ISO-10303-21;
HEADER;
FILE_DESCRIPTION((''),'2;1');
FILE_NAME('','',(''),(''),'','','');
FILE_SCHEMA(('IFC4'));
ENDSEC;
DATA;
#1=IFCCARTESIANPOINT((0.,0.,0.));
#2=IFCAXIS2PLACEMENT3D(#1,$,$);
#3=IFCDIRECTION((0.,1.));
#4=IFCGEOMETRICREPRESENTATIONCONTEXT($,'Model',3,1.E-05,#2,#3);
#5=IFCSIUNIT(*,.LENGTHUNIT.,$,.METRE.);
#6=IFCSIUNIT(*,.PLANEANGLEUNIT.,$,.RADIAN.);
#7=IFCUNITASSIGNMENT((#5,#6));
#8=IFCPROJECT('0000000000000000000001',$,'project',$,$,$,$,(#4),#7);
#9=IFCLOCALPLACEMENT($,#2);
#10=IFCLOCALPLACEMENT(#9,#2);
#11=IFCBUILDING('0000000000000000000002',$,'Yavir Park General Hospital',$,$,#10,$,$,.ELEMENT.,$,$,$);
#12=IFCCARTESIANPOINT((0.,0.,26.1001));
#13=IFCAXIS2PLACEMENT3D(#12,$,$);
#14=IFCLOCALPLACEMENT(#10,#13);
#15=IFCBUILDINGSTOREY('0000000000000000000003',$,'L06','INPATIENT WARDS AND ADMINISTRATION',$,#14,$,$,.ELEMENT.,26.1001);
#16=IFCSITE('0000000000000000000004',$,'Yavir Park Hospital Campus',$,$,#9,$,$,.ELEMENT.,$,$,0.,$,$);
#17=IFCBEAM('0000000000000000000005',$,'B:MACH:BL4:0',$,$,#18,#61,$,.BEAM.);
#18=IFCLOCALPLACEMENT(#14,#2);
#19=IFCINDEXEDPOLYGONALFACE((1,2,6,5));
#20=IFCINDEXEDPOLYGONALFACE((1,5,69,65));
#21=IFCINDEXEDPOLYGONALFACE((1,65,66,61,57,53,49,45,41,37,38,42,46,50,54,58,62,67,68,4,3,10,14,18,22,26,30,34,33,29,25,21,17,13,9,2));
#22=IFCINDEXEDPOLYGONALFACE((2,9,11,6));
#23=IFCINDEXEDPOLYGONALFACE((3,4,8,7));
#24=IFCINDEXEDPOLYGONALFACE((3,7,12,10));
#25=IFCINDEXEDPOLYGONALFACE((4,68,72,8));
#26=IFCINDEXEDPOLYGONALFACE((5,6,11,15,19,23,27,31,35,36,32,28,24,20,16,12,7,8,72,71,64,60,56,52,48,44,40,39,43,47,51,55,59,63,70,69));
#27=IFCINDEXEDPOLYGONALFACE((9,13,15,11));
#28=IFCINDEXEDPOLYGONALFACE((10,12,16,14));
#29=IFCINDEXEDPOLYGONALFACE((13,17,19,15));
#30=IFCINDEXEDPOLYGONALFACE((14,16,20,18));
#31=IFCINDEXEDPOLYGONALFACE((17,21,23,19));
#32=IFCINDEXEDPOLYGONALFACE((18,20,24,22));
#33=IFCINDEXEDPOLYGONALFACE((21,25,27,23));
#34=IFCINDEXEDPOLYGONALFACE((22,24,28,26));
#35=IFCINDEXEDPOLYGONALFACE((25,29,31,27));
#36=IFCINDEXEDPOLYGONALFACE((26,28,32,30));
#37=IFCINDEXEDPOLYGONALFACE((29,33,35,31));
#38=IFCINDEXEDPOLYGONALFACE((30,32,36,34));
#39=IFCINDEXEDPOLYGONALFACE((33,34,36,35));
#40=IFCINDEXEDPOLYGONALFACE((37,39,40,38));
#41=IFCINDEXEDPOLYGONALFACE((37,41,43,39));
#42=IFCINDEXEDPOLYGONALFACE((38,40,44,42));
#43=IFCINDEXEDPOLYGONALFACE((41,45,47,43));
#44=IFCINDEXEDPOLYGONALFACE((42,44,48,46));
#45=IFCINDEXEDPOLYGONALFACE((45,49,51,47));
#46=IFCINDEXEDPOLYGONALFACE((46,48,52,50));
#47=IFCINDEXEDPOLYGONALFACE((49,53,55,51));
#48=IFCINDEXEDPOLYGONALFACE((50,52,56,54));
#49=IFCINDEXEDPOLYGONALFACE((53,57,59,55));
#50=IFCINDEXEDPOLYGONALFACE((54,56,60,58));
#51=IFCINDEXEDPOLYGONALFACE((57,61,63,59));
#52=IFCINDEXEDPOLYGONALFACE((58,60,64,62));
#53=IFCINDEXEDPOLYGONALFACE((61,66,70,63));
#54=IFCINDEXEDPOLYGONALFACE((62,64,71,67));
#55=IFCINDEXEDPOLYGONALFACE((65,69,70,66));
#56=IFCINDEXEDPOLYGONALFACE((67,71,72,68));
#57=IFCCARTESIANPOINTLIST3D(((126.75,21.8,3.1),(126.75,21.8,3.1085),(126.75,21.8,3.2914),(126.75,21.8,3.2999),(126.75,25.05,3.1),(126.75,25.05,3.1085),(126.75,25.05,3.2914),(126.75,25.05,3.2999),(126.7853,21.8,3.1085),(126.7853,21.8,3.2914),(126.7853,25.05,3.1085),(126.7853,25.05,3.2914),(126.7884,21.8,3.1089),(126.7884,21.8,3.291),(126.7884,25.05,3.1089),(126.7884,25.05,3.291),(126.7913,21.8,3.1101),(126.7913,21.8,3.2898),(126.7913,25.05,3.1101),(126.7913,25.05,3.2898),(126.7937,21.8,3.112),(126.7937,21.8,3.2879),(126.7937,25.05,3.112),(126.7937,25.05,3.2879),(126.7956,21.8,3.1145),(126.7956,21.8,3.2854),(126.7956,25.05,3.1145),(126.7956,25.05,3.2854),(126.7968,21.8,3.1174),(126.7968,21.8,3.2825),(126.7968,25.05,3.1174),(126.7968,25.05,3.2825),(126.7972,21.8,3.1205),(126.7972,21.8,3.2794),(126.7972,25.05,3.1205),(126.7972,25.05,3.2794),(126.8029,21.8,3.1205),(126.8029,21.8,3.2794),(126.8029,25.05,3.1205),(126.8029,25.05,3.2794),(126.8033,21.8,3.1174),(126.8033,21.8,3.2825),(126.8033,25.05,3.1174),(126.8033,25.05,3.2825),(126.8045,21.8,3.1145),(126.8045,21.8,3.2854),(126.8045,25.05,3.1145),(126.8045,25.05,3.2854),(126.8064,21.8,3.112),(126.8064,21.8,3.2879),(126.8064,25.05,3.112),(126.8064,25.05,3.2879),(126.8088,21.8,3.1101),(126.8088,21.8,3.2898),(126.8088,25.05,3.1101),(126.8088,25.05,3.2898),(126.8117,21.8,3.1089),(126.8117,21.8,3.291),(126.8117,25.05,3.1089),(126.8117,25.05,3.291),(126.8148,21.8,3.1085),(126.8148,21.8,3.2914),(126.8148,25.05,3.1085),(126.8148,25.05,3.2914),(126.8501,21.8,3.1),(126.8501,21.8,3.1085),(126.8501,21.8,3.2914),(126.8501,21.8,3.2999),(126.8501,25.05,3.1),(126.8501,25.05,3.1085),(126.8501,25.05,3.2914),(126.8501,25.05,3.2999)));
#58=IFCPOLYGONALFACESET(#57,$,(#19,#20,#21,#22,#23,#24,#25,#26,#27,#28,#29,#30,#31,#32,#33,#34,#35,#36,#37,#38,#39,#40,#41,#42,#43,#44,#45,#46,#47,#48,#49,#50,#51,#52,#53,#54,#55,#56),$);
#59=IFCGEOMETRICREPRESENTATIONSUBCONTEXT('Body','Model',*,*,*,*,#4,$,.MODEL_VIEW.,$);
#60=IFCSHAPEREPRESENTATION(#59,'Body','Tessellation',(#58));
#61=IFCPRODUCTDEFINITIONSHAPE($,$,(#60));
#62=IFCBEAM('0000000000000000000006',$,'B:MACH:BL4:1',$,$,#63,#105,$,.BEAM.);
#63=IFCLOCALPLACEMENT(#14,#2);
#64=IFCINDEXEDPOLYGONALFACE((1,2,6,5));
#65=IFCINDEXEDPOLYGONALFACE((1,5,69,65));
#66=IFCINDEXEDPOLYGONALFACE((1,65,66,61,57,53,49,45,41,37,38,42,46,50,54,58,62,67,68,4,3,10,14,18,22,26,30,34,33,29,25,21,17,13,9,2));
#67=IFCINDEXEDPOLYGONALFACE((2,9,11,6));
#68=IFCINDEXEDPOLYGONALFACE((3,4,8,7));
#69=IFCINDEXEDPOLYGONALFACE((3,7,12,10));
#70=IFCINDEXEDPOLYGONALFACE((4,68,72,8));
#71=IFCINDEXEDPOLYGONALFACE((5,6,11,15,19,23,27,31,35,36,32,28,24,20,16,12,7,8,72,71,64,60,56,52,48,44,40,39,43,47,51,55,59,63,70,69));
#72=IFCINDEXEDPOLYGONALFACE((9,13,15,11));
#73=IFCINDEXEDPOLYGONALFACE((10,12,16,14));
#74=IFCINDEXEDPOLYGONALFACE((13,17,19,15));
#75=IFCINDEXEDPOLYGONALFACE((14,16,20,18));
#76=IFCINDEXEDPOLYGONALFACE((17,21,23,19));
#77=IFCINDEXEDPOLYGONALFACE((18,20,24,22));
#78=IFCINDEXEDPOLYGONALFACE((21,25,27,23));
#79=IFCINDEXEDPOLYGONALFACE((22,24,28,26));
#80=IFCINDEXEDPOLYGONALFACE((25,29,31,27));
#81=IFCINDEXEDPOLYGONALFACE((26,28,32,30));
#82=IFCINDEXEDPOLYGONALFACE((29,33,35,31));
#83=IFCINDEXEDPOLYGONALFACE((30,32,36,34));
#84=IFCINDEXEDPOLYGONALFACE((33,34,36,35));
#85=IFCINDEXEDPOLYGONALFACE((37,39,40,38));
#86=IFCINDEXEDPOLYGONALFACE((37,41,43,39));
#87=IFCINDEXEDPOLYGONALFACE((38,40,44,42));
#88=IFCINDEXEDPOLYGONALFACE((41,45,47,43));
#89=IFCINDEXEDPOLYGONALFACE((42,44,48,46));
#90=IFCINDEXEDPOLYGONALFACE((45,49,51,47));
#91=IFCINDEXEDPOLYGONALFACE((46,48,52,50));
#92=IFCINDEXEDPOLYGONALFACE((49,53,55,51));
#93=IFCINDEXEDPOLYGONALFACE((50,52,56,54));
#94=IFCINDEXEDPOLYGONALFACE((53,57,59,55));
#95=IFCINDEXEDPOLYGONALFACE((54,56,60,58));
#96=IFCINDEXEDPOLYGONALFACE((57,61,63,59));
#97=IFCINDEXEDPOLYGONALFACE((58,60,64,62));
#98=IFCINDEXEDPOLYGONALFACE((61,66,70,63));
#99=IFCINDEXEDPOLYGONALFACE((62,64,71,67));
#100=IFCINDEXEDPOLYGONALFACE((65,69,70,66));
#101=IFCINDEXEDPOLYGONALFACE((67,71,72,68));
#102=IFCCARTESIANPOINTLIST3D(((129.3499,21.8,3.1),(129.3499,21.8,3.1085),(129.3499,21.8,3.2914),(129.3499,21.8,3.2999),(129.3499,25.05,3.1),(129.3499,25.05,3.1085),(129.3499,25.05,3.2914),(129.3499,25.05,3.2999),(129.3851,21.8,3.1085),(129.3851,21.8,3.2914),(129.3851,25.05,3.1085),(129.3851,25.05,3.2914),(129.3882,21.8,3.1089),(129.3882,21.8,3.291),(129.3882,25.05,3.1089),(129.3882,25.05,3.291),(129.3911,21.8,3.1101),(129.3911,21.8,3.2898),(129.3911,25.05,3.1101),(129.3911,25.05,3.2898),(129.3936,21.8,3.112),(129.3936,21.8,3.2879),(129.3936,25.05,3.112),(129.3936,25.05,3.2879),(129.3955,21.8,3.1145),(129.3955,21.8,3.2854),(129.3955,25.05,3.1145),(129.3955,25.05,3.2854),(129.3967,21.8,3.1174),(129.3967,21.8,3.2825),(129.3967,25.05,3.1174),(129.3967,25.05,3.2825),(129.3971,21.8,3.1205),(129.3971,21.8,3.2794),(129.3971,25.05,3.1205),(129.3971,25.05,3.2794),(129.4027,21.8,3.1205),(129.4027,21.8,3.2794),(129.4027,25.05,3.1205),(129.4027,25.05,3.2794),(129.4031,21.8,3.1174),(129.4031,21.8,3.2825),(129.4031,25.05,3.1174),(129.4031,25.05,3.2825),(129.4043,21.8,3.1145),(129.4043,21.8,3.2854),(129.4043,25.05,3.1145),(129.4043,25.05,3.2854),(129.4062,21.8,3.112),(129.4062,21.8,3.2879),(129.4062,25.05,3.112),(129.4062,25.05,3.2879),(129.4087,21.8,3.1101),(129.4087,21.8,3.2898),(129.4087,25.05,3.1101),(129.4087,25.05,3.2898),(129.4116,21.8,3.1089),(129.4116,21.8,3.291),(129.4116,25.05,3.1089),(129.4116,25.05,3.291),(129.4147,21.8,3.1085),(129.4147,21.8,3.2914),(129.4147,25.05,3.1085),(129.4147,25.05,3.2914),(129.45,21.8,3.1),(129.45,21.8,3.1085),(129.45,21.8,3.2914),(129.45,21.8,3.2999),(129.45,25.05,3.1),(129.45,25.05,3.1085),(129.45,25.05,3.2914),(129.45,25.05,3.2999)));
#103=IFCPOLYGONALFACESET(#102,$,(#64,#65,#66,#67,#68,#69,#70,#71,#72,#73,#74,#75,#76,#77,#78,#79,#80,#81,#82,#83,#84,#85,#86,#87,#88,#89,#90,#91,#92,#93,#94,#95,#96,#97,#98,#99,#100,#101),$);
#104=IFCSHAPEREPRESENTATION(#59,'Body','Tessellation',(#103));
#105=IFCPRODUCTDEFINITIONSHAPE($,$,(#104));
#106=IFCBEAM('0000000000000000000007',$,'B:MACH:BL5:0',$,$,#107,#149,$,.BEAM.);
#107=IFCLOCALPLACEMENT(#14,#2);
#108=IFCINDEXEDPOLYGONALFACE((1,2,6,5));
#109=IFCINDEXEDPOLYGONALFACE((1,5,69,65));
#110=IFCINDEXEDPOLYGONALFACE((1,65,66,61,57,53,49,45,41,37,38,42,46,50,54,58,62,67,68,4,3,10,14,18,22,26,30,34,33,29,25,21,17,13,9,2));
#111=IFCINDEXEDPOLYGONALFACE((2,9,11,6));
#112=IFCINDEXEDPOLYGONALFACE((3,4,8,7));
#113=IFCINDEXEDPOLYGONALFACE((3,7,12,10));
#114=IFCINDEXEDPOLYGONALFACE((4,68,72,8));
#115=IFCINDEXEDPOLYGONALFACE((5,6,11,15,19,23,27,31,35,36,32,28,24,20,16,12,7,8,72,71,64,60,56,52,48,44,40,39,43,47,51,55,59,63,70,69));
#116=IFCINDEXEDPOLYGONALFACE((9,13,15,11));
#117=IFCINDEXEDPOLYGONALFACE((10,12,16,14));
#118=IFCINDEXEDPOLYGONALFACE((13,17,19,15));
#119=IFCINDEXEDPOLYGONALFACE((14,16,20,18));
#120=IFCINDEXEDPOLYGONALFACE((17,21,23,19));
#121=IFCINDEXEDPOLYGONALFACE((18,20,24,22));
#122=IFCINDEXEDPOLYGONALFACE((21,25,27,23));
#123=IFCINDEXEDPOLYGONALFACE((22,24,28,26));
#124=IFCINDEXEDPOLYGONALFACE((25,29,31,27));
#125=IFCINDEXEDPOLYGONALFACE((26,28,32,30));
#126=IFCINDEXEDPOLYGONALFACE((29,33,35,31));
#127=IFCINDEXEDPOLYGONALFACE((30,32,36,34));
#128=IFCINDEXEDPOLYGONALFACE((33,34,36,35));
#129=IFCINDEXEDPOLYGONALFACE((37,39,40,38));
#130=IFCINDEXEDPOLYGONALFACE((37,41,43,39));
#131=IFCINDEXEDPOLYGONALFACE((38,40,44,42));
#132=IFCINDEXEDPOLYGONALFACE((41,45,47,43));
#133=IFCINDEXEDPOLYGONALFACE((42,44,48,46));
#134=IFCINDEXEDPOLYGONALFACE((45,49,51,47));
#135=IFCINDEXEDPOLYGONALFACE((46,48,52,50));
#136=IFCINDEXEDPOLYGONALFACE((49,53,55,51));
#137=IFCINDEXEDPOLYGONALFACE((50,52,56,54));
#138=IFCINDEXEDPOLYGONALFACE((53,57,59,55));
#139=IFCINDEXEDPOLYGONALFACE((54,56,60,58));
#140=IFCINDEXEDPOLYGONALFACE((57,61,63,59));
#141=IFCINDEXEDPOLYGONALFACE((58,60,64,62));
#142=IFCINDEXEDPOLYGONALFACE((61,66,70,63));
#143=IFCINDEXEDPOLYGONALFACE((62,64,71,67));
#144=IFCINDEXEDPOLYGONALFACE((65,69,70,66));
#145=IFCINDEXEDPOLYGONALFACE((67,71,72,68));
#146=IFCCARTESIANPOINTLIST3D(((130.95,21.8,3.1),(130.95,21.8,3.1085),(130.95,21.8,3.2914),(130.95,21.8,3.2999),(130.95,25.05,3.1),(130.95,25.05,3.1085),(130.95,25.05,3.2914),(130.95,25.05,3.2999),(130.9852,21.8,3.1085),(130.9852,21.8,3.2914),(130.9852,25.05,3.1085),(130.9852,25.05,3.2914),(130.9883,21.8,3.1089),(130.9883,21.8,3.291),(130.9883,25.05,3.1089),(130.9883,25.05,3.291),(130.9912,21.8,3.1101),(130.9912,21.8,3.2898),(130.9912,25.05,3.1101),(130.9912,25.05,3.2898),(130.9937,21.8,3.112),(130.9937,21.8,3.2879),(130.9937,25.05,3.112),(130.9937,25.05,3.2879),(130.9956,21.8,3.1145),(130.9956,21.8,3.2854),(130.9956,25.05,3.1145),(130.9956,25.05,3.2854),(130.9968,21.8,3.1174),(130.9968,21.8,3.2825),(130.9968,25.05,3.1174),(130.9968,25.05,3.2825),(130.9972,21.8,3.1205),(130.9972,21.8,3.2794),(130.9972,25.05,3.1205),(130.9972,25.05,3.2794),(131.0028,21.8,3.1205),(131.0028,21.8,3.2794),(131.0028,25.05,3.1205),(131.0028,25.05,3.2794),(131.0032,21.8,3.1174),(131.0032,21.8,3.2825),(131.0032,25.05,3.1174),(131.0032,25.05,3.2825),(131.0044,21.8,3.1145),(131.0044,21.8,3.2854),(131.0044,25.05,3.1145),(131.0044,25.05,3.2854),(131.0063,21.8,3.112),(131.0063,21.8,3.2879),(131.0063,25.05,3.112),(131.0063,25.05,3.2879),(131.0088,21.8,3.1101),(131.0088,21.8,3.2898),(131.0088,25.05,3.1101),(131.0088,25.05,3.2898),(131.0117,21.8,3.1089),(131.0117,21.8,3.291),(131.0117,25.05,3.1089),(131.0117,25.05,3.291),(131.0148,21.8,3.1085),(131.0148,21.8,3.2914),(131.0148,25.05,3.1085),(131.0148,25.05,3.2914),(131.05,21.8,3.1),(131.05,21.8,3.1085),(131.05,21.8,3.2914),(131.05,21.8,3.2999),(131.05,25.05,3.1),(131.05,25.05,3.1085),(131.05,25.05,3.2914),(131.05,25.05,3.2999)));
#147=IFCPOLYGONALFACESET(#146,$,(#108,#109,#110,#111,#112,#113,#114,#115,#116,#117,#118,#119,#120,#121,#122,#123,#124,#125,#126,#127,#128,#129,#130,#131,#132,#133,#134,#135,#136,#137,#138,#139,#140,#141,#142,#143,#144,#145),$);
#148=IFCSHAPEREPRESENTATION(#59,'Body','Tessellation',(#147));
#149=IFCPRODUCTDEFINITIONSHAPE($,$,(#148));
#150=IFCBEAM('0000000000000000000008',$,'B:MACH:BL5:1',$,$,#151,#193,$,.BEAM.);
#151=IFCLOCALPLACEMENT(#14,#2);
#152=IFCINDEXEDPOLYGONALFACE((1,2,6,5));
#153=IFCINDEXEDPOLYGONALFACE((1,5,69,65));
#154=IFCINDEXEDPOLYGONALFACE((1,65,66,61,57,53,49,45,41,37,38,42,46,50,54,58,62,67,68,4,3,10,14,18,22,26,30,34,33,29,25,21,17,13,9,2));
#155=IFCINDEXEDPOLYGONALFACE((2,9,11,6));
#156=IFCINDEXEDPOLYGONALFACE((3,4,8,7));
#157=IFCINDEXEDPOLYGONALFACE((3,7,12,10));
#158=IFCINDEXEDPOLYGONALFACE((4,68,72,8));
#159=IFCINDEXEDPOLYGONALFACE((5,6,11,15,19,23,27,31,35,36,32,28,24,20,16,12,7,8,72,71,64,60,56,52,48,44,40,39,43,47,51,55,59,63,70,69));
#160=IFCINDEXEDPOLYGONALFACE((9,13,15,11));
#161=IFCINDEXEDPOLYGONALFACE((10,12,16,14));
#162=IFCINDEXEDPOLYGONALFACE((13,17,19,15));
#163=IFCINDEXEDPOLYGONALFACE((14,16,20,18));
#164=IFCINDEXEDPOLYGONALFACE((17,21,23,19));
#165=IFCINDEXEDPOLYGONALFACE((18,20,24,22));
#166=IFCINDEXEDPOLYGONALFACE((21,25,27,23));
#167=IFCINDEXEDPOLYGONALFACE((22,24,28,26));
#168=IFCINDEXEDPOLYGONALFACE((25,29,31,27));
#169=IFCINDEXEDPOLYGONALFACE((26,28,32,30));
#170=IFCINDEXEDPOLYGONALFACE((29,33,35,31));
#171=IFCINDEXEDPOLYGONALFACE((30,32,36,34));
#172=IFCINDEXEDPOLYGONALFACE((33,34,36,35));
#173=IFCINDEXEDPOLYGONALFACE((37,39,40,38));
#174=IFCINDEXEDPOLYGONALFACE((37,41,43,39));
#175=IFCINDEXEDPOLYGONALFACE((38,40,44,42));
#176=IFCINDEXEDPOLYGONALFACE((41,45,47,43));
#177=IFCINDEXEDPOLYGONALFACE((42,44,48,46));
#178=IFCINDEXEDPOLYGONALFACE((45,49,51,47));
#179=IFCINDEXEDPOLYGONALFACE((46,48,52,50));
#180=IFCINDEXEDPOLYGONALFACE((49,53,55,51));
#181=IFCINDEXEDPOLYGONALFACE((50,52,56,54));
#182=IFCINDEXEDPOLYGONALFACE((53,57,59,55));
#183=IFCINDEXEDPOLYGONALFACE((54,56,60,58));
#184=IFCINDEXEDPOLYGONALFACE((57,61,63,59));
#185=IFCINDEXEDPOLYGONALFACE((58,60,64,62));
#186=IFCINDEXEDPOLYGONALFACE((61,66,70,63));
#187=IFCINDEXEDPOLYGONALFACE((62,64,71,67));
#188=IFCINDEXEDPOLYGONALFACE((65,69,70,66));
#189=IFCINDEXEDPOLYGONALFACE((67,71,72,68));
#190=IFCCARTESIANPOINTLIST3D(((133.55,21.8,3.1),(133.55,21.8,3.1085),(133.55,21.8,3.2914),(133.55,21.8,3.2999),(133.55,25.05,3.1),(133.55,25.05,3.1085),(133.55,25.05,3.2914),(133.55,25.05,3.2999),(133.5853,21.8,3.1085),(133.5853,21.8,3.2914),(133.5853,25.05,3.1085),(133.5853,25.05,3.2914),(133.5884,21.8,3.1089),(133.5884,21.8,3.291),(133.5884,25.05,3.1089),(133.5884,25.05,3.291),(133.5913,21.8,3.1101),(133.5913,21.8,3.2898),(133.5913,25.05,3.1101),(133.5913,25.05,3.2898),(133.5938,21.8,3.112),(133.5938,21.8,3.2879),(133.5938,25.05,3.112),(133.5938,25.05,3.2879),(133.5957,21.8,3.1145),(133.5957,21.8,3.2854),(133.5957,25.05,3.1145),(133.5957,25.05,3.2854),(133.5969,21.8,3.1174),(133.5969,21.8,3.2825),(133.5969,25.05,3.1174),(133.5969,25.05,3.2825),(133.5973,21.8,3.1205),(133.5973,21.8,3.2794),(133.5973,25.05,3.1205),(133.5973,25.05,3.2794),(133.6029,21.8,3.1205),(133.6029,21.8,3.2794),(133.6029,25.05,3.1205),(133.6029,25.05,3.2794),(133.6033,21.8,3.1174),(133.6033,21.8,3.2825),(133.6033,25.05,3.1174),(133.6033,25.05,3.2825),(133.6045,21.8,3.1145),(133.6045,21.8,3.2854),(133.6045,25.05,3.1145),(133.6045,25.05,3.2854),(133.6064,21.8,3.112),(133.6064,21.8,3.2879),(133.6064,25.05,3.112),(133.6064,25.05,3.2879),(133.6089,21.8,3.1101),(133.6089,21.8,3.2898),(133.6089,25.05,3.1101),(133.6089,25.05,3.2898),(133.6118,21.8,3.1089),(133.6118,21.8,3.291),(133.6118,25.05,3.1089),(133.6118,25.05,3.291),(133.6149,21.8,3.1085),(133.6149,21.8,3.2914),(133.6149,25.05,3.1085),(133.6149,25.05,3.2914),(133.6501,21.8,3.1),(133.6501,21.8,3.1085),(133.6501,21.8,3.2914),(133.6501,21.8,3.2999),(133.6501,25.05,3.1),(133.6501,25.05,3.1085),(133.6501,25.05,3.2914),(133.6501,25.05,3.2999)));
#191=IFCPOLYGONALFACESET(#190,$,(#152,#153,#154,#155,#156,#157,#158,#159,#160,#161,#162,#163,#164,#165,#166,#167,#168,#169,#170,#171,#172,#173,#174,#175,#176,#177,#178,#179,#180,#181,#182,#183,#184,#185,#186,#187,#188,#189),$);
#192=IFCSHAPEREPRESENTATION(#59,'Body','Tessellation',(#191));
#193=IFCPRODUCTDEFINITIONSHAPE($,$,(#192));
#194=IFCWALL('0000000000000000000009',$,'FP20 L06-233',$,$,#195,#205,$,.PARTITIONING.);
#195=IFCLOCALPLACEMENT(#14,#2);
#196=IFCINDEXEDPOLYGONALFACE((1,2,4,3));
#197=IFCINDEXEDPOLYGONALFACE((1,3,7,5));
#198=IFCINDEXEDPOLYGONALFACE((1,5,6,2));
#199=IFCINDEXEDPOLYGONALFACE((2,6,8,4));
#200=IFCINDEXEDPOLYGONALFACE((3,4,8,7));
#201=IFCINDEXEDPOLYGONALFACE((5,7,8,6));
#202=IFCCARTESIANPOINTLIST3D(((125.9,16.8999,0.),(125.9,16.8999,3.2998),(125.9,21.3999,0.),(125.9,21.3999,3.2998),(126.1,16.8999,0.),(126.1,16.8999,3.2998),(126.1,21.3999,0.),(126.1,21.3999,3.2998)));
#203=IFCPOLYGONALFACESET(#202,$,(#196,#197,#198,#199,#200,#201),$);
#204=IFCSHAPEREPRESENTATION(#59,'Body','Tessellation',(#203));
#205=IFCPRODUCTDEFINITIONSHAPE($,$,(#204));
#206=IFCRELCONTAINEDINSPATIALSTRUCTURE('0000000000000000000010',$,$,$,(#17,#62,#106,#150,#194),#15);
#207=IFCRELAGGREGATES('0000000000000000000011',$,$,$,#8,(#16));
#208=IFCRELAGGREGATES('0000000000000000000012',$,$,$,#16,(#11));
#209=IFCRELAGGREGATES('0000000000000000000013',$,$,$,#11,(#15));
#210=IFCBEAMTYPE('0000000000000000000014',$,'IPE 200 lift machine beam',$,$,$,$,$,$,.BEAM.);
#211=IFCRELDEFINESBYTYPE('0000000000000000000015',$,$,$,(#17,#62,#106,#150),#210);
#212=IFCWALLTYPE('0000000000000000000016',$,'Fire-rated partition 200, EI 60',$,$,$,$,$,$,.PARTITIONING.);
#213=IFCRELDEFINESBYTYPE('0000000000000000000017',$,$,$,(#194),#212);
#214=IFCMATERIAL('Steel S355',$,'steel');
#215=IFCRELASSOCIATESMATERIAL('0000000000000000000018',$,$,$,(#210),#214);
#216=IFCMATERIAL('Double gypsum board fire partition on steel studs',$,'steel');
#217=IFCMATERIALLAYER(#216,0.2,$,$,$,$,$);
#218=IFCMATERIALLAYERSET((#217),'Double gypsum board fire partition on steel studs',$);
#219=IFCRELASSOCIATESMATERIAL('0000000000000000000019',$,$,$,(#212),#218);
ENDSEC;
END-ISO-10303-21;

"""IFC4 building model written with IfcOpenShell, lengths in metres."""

from ifc_helpers import new_model, si_unit, direction, frame, frame_2d, origin, origin_2d, place, context, subcontext, project, spatial, rectangle, i_section, extrude, material, layer, layer_set, material_profile, profile_set, type_object, element, save


model = new_model("IFC4")

# Units and contexts
model_context = context("Model", 3, precision=1e-05, world=origin(), true_north=direction((0.0, 1.0)))
body_context = subcontext(model_context, "Body", "Model", "MODEL_VIEW")
ifc_project = project(units=[si_unit("LENGTHUNIT", "METRE"), si_unit("PLANEANGLEUNIT", "RADIAN")], contexts=[model_context])

# Site, building, storey
site_placement = place(None, origin())
site = spatial("IfcSite", under=ifc_project, at=site_placement, Name="Yavir Park Hospital Campus", CompositionType="ELEMENT", RefElevation=0.0)
building_placement = place(site_placement, origin())
building = spatial("IfcBuilding", under=site, at=building_placement, Name="Yavir Park General Hospital", CompositionType="ELEMENT")
storey_placement = place(building_placement, frame((0.0, 0.0, 26.1001)))
storey = spatial("IfcBuildingStorey", under=building, at=storey_placement, Name="L06", Description="INPATIENT WARDS AND ADMINISTRATION", CompositionType="ELEMENT", Elevation=26.1001)

# Beams
ifc_material_1 = material(Name="Steel S355", Category="steel")
ifc_material_profile_1 = material_profile(ifc_material_1, i_section(OverallWidth=0.1001, OverallDepth=0.2, WebThickness=0.0056, FlangeThickness=0.0085, FilletRadius=0.012, at=origin_2d()), Name="IPE200")
ifc_profile_set_1 = profile_set([ifc_material_profile_1], Name="Steel S355")
beam_type_1 = type_object("IfcBeamType", Name="IPE 200 lift machine beam", PredefinedType="BEAM", material=ifc_profile_set_1)
for number, where, z_axis, x_axis, name in (
    (1, (126.8, 21.8, 3.2), (0.0, 1.0, 0.0), (-1.0, 0.0, 0.0), "B:MACH:BL4:0"),
    (2, (129.3999, 21.8, 3.2), (0.0, 1.0, 0.0), (-1.0, 0.0, 0.0), "B:MACH:BL4:1"),
    (3, (131.0, 21.8, 3.2), (0.0, 1.0, 0.0), (-1.0, 0.0, 0.0), "B:MACH:BL5:0"),
    (4, (133.6001, 21.8, 3.2), (0.0, 1.0, 0.0), (-1.0, 0.0, 0.0), "B:MACH:BL5:1"),
):
    element("IfcBeam", number, at=place(storey_placement, frame(where, z_axis=z_axis, x_axis=x_axis)), inside=storey, type_object=beam_type_1, Name=name, PredefinedType="BEAM", context=body_context, shape_type="SweptSolid", body=[
        extrude(i_section(OverallWidth=0.1001, OverallDepth=0.2, WebThickness=0.0056, FlangeThickness=0.0085, FilletRadius=0.012, at=origin_2d()), origin(), (0.0, 0.0, 1.0), 3.25),
    ])

# Wall
ifc_material_2 = material(Name="Double gypsum board fire partition on steel studs", Category="steel")
ifc_layer_1 = layer(ifc_material_2, 0.2)
ifc_layer_set_1 = layer_set([ifc_layer_1], Name="Double gypsum board fire partition on steel studs")
wall_type_1 = type_object("IfcWallType", Name="Fire-rated partition 200, EI 60", PredefinedType="PARTITIONING", material=ifc_layer_set_1)
wall_1_placement = place(storey_placement, frame((126.0, 16.8999, 0.0), z_axis=(0.0, 0.0, 1.0), x_axis=(0.0, 1.0, 0.0)))
element("IfcWall", 5, at=wall_1_placement, inside=storey, type_object=wall_type_1, Name="FP20 L06-233", PredefinedType="PARTITIONING", context=body_context, shape_type="SweptSolid", body=[
    extrude(rectangle(XDim=4.5, YDim=0.2, at=frame_2d((2.25, 0.0))), origin(), (0.0, 0.0, 1.0), 3.2998),
])

save(model, "model.ifc")
